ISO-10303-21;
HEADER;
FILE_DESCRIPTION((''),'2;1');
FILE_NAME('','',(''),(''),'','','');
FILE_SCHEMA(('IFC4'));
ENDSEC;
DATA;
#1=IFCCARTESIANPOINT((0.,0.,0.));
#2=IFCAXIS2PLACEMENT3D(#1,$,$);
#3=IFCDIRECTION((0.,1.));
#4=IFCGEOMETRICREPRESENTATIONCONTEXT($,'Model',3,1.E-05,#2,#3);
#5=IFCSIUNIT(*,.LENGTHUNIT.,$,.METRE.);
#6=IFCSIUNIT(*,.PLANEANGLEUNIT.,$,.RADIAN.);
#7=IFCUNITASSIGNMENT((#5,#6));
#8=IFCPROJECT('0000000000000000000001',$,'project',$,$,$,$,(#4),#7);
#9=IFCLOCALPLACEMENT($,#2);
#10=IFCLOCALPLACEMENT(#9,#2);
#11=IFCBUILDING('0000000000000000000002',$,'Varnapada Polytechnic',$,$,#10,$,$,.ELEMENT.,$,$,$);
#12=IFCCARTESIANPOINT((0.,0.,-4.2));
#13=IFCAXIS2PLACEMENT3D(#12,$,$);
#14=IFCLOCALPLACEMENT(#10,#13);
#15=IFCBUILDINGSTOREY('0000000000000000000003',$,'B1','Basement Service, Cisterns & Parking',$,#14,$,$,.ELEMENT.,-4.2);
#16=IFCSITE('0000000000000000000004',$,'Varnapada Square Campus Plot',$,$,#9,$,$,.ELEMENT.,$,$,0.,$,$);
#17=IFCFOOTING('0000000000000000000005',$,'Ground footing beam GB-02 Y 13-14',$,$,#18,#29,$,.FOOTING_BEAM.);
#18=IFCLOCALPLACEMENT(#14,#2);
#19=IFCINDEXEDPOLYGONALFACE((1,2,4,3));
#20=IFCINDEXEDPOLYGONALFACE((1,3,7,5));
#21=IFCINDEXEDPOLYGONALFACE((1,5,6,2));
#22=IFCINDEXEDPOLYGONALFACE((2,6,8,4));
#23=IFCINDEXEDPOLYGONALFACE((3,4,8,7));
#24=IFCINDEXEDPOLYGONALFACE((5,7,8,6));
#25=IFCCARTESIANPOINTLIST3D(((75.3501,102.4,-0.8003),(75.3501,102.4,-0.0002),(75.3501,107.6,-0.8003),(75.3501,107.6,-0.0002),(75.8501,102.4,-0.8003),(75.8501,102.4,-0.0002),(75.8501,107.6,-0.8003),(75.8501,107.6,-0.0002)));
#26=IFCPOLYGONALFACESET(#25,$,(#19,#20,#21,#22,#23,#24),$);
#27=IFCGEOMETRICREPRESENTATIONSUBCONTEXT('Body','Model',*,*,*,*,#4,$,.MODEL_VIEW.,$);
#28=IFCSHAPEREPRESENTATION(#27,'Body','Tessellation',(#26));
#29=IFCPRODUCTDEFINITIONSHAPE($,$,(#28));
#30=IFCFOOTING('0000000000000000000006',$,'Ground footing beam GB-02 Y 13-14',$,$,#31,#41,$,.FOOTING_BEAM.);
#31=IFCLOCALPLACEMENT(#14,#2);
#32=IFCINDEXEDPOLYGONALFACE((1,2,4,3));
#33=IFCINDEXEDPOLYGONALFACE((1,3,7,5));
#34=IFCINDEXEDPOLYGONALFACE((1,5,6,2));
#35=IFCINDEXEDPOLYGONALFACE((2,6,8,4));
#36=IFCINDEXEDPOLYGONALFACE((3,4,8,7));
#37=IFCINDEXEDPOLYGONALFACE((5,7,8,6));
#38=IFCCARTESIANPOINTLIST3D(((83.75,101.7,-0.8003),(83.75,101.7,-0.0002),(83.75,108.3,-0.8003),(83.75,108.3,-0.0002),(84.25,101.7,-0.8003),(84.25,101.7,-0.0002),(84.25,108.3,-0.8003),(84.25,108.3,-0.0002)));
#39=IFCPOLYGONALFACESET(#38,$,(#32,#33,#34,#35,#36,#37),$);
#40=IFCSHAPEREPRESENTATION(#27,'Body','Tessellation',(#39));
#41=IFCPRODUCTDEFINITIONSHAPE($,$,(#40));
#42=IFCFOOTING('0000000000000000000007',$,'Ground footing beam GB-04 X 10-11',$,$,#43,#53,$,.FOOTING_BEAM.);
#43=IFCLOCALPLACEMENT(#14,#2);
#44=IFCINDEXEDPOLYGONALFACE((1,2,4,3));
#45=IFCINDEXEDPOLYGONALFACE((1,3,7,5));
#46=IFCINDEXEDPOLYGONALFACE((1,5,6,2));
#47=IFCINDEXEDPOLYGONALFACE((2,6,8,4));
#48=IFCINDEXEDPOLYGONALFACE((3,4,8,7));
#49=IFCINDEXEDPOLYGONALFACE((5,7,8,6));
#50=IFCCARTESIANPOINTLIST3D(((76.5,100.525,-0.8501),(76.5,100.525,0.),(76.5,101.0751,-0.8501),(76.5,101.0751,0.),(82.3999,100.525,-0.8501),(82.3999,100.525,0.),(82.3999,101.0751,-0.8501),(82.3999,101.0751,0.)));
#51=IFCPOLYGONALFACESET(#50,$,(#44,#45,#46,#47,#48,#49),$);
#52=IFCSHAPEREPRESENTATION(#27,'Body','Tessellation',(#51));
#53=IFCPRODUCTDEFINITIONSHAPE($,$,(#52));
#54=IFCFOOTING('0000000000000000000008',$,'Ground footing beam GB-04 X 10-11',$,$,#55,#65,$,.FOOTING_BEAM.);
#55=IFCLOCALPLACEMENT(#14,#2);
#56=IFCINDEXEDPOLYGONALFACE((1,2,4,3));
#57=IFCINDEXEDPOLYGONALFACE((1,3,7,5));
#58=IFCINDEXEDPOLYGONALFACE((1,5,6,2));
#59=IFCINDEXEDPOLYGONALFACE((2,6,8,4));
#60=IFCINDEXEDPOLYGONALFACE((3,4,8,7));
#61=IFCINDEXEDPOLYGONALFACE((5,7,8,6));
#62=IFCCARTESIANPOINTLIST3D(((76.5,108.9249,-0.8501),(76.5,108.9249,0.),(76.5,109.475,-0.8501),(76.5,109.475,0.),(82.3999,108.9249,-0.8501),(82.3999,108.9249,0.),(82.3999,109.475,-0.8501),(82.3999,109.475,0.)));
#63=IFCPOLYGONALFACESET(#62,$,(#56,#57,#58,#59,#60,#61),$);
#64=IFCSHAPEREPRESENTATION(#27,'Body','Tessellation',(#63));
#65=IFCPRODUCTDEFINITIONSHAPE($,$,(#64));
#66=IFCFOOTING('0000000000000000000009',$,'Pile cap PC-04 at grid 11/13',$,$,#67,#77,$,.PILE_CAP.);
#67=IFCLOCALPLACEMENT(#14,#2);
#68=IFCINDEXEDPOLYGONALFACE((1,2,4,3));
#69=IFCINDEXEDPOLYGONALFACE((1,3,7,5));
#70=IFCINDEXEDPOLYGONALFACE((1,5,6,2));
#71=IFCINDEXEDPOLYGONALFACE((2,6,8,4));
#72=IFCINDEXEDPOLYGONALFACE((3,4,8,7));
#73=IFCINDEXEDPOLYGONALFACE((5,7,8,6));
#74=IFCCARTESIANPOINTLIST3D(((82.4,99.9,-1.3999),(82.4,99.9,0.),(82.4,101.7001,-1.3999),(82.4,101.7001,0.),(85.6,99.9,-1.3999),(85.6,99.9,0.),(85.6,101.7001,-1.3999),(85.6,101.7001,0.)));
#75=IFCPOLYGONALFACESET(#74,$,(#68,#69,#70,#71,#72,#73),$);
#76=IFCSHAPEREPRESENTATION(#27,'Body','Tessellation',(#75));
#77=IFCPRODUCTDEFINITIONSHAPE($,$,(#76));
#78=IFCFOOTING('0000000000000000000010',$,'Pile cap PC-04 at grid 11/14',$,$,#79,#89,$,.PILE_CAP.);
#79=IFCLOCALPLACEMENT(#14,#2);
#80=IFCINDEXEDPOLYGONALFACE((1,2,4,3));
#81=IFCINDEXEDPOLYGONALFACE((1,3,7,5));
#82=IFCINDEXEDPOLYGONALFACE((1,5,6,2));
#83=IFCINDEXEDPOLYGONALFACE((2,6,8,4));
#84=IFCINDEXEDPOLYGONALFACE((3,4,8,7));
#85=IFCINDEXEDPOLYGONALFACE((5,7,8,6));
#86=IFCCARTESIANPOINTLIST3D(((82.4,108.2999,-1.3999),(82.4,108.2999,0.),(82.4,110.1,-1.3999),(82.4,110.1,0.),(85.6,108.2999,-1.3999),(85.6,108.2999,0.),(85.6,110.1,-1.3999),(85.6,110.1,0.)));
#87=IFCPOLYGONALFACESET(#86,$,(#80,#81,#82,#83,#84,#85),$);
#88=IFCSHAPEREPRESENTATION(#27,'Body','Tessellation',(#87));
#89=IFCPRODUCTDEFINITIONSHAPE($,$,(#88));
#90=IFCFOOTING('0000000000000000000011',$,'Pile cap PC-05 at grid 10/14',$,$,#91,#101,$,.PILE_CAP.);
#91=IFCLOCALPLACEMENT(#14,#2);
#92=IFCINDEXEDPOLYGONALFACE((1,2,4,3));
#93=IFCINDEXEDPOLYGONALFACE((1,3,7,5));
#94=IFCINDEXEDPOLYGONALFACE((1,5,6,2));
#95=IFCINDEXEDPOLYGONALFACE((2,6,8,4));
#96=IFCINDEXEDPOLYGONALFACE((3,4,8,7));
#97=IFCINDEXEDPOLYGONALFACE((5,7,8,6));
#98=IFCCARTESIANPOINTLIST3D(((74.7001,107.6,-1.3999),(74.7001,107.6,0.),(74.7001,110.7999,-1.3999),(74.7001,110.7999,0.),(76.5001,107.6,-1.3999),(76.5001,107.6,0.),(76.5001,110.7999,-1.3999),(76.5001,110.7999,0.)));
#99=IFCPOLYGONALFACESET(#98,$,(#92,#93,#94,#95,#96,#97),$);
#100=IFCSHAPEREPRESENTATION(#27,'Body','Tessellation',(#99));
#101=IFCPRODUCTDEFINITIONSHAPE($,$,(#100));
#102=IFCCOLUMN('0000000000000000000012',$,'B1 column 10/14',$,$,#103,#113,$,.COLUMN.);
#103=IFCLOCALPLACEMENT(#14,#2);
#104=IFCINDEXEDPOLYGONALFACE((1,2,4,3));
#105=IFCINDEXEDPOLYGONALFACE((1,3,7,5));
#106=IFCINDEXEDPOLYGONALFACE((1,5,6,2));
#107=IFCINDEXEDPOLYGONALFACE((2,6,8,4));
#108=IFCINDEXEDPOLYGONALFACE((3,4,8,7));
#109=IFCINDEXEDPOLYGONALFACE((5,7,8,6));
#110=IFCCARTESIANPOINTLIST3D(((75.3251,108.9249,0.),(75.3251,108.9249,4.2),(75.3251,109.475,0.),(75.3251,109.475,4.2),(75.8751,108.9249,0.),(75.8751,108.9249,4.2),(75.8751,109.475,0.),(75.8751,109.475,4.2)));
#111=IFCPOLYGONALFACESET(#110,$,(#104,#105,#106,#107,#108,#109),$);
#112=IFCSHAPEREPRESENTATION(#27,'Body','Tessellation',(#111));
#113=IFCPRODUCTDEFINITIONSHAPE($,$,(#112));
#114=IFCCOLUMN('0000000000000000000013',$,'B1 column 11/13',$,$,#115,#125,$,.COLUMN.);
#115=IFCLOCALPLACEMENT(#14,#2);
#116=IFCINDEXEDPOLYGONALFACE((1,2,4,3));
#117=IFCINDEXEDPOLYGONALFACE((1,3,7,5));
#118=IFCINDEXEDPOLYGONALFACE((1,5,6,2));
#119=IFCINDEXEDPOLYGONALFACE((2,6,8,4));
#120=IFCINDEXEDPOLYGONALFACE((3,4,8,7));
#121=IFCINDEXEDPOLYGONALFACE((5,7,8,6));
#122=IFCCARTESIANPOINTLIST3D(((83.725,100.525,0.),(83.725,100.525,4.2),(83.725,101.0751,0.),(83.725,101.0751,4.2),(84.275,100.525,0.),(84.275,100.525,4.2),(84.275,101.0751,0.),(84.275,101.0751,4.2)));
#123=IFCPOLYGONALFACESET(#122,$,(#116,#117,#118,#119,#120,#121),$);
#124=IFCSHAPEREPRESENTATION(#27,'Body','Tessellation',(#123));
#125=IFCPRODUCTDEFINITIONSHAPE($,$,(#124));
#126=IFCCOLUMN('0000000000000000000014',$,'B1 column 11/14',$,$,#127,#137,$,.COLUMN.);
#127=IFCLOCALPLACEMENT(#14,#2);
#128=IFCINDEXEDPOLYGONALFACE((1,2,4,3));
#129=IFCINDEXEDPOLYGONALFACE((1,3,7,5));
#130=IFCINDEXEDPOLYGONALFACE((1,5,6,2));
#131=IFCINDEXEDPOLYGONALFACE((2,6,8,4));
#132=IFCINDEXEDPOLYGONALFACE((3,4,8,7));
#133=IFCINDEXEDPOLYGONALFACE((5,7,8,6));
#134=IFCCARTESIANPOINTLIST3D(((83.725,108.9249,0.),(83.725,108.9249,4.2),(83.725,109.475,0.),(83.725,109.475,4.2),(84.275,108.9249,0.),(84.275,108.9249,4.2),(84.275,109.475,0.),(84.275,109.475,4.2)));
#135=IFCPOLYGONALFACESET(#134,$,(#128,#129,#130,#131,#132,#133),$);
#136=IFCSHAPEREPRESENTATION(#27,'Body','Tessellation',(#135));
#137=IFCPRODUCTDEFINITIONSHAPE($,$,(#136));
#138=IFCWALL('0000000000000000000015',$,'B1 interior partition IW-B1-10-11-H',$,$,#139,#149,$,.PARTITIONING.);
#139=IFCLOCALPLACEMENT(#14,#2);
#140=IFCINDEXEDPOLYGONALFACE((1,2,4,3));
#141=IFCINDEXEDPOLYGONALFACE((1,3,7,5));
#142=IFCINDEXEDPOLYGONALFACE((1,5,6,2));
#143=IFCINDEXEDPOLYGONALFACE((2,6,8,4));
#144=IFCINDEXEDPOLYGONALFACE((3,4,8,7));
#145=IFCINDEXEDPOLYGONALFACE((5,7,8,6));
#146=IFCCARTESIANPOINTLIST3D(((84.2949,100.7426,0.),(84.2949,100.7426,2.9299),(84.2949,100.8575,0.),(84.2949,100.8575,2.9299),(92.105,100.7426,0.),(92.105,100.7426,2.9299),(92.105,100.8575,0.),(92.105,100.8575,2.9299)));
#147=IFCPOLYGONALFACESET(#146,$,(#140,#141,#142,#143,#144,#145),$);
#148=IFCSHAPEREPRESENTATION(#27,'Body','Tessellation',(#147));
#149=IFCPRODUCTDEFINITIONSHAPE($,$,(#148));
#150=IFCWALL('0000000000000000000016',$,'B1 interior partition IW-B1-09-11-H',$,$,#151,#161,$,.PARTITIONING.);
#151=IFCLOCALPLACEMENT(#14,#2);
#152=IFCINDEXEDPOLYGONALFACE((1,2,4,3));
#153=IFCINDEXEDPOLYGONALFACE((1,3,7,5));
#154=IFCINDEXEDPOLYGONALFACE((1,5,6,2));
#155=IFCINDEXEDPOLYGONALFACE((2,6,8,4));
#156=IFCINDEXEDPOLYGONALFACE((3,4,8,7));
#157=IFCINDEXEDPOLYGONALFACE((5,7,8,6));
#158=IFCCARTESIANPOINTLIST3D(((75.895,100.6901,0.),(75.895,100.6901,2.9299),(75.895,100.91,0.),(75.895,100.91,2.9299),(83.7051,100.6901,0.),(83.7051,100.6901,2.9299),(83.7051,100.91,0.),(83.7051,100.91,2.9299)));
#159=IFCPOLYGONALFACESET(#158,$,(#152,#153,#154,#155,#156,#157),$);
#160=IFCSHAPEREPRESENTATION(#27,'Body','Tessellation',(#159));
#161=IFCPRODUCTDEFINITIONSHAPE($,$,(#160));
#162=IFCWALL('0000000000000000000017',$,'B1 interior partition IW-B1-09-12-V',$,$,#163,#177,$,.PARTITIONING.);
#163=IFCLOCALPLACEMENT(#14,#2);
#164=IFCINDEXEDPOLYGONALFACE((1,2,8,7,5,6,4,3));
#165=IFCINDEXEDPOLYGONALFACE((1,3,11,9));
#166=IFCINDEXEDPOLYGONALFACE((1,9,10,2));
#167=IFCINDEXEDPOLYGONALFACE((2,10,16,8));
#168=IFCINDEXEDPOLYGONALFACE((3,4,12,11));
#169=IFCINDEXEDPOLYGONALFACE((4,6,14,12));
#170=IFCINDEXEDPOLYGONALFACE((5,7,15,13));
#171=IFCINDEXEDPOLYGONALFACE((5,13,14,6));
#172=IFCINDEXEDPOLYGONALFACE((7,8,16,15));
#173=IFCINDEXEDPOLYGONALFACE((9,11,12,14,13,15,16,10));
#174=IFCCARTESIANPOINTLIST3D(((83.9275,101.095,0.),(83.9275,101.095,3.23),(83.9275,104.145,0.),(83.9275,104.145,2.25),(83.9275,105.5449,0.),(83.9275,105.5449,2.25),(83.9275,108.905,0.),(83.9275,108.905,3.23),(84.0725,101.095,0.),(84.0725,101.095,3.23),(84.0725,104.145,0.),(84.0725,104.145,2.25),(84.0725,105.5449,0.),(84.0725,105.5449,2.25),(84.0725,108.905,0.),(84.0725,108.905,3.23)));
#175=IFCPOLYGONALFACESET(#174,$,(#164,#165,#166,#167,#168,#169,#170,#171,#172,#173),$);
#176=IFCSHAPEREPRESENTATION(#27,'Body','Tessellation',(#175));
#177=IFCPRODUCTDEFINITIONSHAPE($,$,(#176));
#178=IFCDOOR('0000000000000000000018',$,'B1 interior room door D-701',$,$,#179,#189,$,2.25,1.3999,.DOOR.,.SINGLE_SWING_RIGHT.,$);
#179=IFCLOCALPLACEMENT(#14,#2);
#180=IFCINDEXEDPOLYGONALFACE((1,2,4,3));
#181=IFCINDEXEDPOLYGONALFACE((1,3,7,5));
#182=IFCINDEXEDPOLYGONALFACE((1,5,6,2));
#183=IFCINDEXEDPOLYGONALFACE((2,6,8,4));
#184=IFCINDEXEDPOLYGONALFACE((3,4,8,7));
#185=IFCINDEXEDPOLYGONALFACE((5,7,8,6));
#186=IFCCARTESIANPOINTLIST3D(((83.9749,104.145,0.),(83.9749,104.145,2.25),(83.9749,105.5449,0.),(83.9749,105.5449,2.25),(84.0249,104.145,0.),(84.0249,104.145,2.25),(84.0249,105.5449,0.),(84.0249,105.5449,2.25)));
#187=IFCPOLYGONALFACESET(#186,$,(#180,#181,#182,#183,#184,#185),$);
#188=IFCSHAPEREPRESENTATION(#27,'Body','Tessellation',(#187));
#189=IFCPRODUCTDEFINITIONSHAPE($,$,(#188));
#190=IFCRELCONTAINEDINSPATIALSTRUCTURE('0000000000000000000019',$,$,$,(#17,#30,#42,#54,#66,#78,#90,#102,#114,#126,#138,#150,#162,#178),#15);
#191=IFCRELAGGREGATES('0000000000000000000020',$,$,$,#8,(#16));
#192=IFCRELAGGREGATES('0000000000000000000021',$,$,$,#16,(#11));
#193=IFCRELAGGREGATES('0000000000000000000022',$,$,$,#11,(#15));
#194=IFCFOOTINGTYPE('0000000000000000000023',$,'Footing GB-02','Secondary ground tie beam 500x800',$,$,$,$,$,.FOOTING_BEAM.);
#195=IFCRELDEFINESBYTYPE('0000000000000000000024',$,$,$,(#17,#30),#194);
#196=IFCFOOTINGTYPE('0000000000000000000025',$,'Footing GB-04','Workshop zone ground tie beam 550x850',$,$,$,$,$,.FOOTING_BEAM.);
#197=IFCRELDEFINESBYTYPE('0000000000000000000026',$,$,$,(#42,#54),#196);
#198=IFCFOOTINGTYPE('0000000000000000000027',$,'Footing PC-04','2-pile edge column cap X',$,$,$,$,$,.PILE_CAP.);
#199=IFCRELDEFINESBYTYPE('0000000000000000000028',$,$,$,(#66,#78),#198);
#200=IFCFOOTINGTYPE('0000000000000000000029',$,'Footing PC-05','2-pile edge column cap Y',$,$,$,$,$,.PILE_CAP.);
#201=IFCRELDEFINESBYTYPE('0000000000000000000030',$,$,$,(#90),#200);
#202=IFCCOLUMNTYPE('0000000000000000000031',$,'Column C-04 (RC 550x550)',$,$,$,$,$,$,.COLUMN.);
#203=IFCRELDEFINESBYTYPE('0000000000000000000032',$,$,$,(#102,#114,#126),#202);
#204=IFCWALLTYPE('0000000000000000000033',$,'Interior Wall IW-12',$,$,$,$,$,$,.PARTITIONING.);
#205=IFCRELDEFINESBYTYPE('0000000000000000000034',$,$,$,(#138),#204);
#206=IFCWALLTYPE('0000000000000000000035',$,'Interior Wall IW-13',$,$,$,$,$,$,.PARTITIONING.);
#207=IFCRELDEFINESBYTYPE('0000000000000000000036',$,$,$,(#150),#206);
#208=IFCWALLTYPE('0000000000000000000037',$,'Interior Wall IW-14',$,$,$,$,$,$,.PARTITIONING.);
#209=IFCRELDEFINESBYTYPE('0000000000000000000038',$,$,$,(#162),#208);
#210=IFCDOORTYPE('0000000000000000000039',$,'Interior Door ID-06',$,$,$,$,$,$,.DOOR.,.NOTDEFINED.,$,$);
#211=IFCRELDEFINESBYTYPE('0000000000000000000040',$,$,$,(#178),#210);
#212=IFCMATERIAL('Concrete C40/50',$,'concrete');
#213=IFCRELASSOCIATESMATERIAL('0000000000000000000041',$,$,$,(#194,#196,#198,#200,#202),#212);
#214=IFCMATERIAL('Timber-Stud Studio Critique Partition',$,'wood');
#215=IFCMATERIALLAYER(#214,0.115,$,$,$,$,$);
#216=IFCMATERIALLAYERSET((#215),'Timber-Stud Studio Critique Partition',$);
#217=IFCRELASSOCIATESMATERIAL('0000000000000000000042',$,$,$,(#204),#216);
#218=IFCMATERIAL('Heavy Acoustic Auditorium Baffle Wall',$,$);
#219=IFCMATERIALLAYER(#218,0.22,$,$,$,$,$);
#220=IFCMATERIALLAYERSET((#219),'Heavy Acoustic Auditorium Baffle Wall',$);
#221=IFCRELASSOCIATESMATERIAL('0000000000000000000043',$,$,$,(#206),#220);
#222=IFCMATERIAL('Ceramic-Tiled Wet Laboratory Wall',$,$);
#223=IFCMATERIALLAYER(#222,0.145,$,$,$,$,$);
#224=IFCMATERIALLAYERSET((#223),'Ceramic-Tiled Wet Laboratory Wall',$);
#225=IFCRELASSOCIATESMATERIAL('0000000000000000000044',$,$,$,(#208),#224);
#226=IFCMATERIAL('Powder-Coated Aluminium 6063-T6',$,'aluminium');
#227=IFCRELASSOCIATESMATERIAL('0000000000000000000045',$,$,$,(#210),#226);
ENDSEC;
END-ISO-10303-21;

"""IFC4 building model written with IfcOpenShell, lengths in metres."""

from ifc_helpers import new_model, si_unit, direction, frame, frame_2d, origin, origin_2d, place, context, subcontext, project, spatial, rectangle, extrude, material, layer, layer_set, material_profile, profile_set, type_object, element, fill, save


model = new_model("IFC4")

# Units and contexts
model_context = context("Model", 3, precision=1e-05, world=origin(), true_north=direction((0.0, 1.0)))
body_context = subcontext(model_context, "Body", "Model", "MODEL_VIEW")
ifc_project = project(units=[si_unit("LENGTHUNIT", "METRE"), si_unit("PLANEANGLEUNIT", "RADIAN")], contexts=[model_context])

# Site, building, storey
site_placement = place(None, origin())
site = spatial("IfcSite", under=ifc_project, at=site_placement, Name="Varnapada Square Campus Plot", CompositionType="ELEMENT", RefElevation=0.0)
building_placement = place(site_placement, origin())
building = spatial("IfcBuilding", under=site, at=building_placement, Name="Varnapada Polytechnic", CompositionType="ELEMENT")
storey_placement = place(building_placement, frame((0.0, 0.0, -4.2)))
storey = spatial("IfcBuildingStorey", under=building, at=storey_placement, Name="B1", Description="Basement Service, Cisterns & Parking", CompositionType="ELEMENT", Elevation=-4.2)

# Shared definitions
ifc_material_1 = material(Name="Concrete C40/50", Category="concrete")

# Footings
footing_type_1 = type_object("IfcFootingType", Name="Footing GB-02", Description="Secondary ground tie beam 500x800", PredefinedType="FOOTING_BEAM", material=ifc_material_1)
footing_1_placement = place(storey_placement, frame((75.6001, 105.0, -0.8003), z_axis=(0.0, 0.0, 1.0), x_axis=(0.0, 1.0, 0.0)))
element("IfcFooting", 1, at=footing_1_placement, inside=storey, type_object=footing_type_1, Name="Ground footing beam GB-02 Y 13-14", PredefinedType="FOOTING_BEAM", context=body_context, shape_type="SweptSolid", body=[
    extrude(rectangle(XDim=5.2, YDim=0.5, at=origin_2d()), origin(), (0.0, 0.0, 1.0), 0.8),
])
footing_2_placement = place(storey_placement, frame((84.0, 105.0, -0.8003), z_axis=(0.0, 0.0, 1.0), x_axis=(0.0, 1.0, 0.0)))
element("IfcFooting", 2, at=footing_2_placement, inside=storey, type_object=footing_type_1, Name="Ground footing beam GB-02 Y 13-14", PredefinedType="FOOTING_BEAM", context=body_context, shape_type="SweptSolid", body=[
    extrude(rectangle(XDim=6.6001, YDim=0.5, at=origin_2d()), origin(), (0.0, 0.0, 1.0), 0.8),
])
footing_type_2 = type_object("IfcFootingType", Name="Footing GB-04", Description="Workshop zone ground tie beam 550x850", PredefinedType="FOOTING_BEAM", material=ifc_material_1)
for number, where, z_axis, x_axis, name in (
    (3, (79.45, 100.8, -0.8501), (0.0, 0.0, 1.0), (1.0, 0.0, 0.0), "Ground footing beam GB-04 X 10-11"),
    (4, (79.45, 109.2, -0.8501), (0.0, 0.0, 1.0), (1.0, 0.0, 0.0), "Ground footing beam GB-04 X 10-11"),
):
    element("IfcFooting", number, at=place(storey_placement, frame(where, z_axis=z_axis, x_axis=x_axis)), inside=storey, type_object=footing_type_2, Name=name, PredefinedType="FOOTING_BEAM", context=body_context, shape_type="SweptSolid", body=[
        extrude(rectangle(XDim=5.8999, YDim=0.55, at=origin_2d()), origin(), (0.0, 0.0, 1.0), 0.8501),
    ])
footing_type_3 = type_object("IfcFootingType", Name="Footing PC-04", Description="2-pile edge column cap X", PredefinedType="PILE_CAP", material=ifc_material_1)
for number, where, z_axis, x_axis, name in (
    (5, (84.0, 100.8, -1.3999), (0.0, 0.0, 1.0), (1.0, 0.0, 0.0), "Pile cap PC-04 at grid 11/13"),
    (6, (84.0, 109.2, -1.3999), (0.0, 0.0, 1.0), (1.0, 0.0, 0.0), "Pile cap PC-04 at grid 11/14"),
):
    element("IfcFooting", number, at=place(storey_placement, frame(where, z_axis=z_axis, x_axis=x_axis)), inside=storey, type_object=footing_type_3, Name=name, PredefinedType="PILE_CAP", context=body_context, shape_type="SweptSolid", body=[
        extrude(rectangle(XDim=3.2, YDim=1.8, at=origin_2d()), origin(), (0.0, 0.0, 1.0), 1.3999),
    ])
footing_type_4 = type_object("IfcFootingType", Name="Footing PC-05", Description="2-pile edge column cap Y", PredefinedType="PILE_CAP", material=ifc_material_1)
footing_3_placement = place(storey_placement, frame((75.6001, 109.2, -1.3999), z_axis=(0.0, 0.0, 1.0), x_axis=(1.0, 0.0, 0.0)))
element("IfcFooting", 7, at=footing_3_placement, inside=storey, type_object=footing_type_4, Name="Pile cap PC-05 at grid 10/14", PredefinedType="PILE_CAP", context=body_context, shape_type="SweptSolid", body=[
    extrude(rectangle(XDim=1.8, YDim=3.2, at=origin_2d()), origin(), (0.0, 0.0, 1.0), 1.3999),
])

# Columns
ifc_material_profile_1 = material_profile(ifc_material_1, rectangle(XDim=0.55, YDim=0.55, at=origin_2d()), Name="RC 550x550")
ifc_profile_set_1 = profile_set([ifc_material_profile_1], Name="Concrete C40/50")
column_type = type_object("IfcColumnType", Name="Column C-04 (RC 550x550)", PredefinedType="COLUMN", material=ifc_profile_set_1)
for number, where, z_axis, x_axis, name in (
    (8, (75.6001, 109.2, 0.0), (0.0, 0.0, 1.0), (1.0, 0.0, 0.0), "B1 column 10/14"),
    (9, (84.0, 100.8, 0.0), (0.0, 0.0, 1.0), (1.0, 0.0, 0.0), "B1 column 11/13"),
    (10, (84.0, 109.2, 0.0), (0.0, 0.0, 1.0), (1.0, 0.0, 0.0), "B1 column 11/14"),
):
    element("IfcColumn", number, at=place(storey_placement, frame(where, z_axis=z_axis, x_axis=x_axis)), inside=storey, type_object=column_type, Name=name, PredefinedType="COLUMN", context=body_context, shape_type="SweptSolid", body=[
        extrude(rectangle(XDim=0.55, YDim=0.55, at=origin_2d()), origin(), (0.0, 0.0, 1.0), 4.2),
    ])

# Walls
ifc_material_2 = material(Name="Timber-Stud Studio Critique Partition", Category="wood")
ifc_layer_1 = layer(ifc_material_2, 0.115)
ifc_layer_set_1 = layer_set([ifc_layer_1], Name="Timber-Stud Studio Critique Partition")
wall_type_1 = type_object("IfcWallType", Name="Interior Wall IW-12", PredefinedType="PARTITIONING", material=ifc_layer_set_1)
wall_1_placement = place(storey_placement, frame((84.2949, 100.8, 0.0), z_axis=(0.0, 0.0, 1.0), x_axis=(1.0, 0.0, 0.0)))
element("IfcWall", 11, at=wall_1_placement, inside=storey, type_object=wall_type_1, Name="B1 interior partition IW-B1-10-11-H", PredefinedType="PARTITIONING", context=body_context, shape_type="SweptSolid", body=[
    extrude(rectangle(XDim=7.8101, YDim=0.115, at=frame_2d((3.905, 0.0))), origin(), (0.0, 0.0, 1.0), 2.9299),
])
ifc_material_3 = material(Name="Heavy Acoustic Auditorium Baffle Wall")
ifc_layer_2 = layer(ifc_material_3, 0.22)
ifc_layer_set_2 = layer_set([ifc_layer_2], Name="Heavy Acoustic Auditorium Baffle Wall")
wall_type_2 = type_object("IfcWallType", Name="Interior Wall IW-13", PredefinedType="PARTITIONING", material=ifc_layer_set_2)
wall_2_placement = place(storey_placement, frame((75.895, 100.8, 0.0), z_axis=(0.0, 0.0, 1.0), x_axis=(1.0, 0.0, 0.0)))
element("IfcWall", 12, at=wall_2_placement, inside=storey, type_object=wall_type_2, Name="B1 interior partition IW-B1-09-11-H", PredefinedType="PARTITIONING", context=body_context, shape_type="SweptSolid", body=[
    extrude(rectangle(XDim=7.8101, YDim=0.22, at=frame_2d((3.905, 0.0))), origin(), (0.0, 0.0, 1.0), 2.9299),
])

# Wall, opening, door
ifc_material_4 = material(Name="Ceramic-Tiled Wet Laboratory Wall")
ifc_layer_3 = layer(ifc_material_4, 0.145)
ifc_layer_set_3 = layer_set([ifc_layer_3], Name="Ceramic-Tiled Wet Laboratory Wall")
wall_type_3 = type_object("IfcWallType", Name="Interior Wall IW-14", PredefinedType="PARTITIONING", material=ifc_layer_set_3)
wall_3_placement = place(storey_placement, frame((84.0, 101.095, 0.0), z_axis=(0.0, 0.0, 1.0), x_axis=(0.0, 1.0, 0.0)))
wall_3 = element("IfcWall", 13, at=wall_3_placement, inside=storey, type_object=wall_type_3, Name="B1 interior partition IW-B1-09-12-V", PredefinedType="PARTITIONING", context=body_context, shape_type="SweptSolid", body=[
    extrude(rectangle(XDim=7.8101, YDim=0.145, at=frame_2d((3.905, 0.0))), origin(), (0.0, 0.0, 1.0), 3.23),
])
opening_1_placement = place(wall_3_placement, frame((3.05, 0.0, 0.0)))
opening_1 = element("IfcOpeningElement", 14, at=opening_1_placement, cuts=wall_3, PredefinedType="OPENING", context=body_context, shape_type="SweptSolid", body=[
    extrude(rectangle(XDim=1.3999, YDim=2.25, at=frame_2d((0.7, 1.125))), frame((0.0, 0.0825, 0.0), z_axis=(0.0, -1.0, 0.0), x_axis=(1.0, 0.0, 0.0)), (0.0, 0.0, 1.0), 0.165),
])
ifc_material_5 = material(Name="Powder-Coated Aluminium 6063-T6", Category="aluminium")
door_type_1 = type_object("IfcDoorType", Name="Interior Door ID-06", OperationType="NOTDEFINED", PredefinedType="DOOR", material=ifc_material_5)
door_1_placement = place(opening_1_placement, frame((1.3999, 0.0, 0.0), z_axis=(0.0, 0.0, 1.0), x_axis=(-1.0, 0.0, 0.0)))
door_1 = element("IfcDoor", 15, at=door_1_placement, inside=storey, type_object=door_type_1, Name="B1 interior room door D-701", OperationType="SINGLE_SWING_RIGHT", OverallHeight=2.25, OverallWidth=1.3999, PredefinedType="DOOR", context=body_context, shape_type="SweptSolid", body=[
    extrude(rectangle(XDim=1.3999, YDim=2.25, at=frame_2d((0.7, 1.125))), frame((0.0, 0.0249, 0.0), z_axis=(0.0, -1.0, 0.0), x_axis=(1.0, 0.0, 0.0)), (0.0, 0.0, 1.0), 0.05),
])
fill(opening_1, door_1)

save(model, "model.ifc")
